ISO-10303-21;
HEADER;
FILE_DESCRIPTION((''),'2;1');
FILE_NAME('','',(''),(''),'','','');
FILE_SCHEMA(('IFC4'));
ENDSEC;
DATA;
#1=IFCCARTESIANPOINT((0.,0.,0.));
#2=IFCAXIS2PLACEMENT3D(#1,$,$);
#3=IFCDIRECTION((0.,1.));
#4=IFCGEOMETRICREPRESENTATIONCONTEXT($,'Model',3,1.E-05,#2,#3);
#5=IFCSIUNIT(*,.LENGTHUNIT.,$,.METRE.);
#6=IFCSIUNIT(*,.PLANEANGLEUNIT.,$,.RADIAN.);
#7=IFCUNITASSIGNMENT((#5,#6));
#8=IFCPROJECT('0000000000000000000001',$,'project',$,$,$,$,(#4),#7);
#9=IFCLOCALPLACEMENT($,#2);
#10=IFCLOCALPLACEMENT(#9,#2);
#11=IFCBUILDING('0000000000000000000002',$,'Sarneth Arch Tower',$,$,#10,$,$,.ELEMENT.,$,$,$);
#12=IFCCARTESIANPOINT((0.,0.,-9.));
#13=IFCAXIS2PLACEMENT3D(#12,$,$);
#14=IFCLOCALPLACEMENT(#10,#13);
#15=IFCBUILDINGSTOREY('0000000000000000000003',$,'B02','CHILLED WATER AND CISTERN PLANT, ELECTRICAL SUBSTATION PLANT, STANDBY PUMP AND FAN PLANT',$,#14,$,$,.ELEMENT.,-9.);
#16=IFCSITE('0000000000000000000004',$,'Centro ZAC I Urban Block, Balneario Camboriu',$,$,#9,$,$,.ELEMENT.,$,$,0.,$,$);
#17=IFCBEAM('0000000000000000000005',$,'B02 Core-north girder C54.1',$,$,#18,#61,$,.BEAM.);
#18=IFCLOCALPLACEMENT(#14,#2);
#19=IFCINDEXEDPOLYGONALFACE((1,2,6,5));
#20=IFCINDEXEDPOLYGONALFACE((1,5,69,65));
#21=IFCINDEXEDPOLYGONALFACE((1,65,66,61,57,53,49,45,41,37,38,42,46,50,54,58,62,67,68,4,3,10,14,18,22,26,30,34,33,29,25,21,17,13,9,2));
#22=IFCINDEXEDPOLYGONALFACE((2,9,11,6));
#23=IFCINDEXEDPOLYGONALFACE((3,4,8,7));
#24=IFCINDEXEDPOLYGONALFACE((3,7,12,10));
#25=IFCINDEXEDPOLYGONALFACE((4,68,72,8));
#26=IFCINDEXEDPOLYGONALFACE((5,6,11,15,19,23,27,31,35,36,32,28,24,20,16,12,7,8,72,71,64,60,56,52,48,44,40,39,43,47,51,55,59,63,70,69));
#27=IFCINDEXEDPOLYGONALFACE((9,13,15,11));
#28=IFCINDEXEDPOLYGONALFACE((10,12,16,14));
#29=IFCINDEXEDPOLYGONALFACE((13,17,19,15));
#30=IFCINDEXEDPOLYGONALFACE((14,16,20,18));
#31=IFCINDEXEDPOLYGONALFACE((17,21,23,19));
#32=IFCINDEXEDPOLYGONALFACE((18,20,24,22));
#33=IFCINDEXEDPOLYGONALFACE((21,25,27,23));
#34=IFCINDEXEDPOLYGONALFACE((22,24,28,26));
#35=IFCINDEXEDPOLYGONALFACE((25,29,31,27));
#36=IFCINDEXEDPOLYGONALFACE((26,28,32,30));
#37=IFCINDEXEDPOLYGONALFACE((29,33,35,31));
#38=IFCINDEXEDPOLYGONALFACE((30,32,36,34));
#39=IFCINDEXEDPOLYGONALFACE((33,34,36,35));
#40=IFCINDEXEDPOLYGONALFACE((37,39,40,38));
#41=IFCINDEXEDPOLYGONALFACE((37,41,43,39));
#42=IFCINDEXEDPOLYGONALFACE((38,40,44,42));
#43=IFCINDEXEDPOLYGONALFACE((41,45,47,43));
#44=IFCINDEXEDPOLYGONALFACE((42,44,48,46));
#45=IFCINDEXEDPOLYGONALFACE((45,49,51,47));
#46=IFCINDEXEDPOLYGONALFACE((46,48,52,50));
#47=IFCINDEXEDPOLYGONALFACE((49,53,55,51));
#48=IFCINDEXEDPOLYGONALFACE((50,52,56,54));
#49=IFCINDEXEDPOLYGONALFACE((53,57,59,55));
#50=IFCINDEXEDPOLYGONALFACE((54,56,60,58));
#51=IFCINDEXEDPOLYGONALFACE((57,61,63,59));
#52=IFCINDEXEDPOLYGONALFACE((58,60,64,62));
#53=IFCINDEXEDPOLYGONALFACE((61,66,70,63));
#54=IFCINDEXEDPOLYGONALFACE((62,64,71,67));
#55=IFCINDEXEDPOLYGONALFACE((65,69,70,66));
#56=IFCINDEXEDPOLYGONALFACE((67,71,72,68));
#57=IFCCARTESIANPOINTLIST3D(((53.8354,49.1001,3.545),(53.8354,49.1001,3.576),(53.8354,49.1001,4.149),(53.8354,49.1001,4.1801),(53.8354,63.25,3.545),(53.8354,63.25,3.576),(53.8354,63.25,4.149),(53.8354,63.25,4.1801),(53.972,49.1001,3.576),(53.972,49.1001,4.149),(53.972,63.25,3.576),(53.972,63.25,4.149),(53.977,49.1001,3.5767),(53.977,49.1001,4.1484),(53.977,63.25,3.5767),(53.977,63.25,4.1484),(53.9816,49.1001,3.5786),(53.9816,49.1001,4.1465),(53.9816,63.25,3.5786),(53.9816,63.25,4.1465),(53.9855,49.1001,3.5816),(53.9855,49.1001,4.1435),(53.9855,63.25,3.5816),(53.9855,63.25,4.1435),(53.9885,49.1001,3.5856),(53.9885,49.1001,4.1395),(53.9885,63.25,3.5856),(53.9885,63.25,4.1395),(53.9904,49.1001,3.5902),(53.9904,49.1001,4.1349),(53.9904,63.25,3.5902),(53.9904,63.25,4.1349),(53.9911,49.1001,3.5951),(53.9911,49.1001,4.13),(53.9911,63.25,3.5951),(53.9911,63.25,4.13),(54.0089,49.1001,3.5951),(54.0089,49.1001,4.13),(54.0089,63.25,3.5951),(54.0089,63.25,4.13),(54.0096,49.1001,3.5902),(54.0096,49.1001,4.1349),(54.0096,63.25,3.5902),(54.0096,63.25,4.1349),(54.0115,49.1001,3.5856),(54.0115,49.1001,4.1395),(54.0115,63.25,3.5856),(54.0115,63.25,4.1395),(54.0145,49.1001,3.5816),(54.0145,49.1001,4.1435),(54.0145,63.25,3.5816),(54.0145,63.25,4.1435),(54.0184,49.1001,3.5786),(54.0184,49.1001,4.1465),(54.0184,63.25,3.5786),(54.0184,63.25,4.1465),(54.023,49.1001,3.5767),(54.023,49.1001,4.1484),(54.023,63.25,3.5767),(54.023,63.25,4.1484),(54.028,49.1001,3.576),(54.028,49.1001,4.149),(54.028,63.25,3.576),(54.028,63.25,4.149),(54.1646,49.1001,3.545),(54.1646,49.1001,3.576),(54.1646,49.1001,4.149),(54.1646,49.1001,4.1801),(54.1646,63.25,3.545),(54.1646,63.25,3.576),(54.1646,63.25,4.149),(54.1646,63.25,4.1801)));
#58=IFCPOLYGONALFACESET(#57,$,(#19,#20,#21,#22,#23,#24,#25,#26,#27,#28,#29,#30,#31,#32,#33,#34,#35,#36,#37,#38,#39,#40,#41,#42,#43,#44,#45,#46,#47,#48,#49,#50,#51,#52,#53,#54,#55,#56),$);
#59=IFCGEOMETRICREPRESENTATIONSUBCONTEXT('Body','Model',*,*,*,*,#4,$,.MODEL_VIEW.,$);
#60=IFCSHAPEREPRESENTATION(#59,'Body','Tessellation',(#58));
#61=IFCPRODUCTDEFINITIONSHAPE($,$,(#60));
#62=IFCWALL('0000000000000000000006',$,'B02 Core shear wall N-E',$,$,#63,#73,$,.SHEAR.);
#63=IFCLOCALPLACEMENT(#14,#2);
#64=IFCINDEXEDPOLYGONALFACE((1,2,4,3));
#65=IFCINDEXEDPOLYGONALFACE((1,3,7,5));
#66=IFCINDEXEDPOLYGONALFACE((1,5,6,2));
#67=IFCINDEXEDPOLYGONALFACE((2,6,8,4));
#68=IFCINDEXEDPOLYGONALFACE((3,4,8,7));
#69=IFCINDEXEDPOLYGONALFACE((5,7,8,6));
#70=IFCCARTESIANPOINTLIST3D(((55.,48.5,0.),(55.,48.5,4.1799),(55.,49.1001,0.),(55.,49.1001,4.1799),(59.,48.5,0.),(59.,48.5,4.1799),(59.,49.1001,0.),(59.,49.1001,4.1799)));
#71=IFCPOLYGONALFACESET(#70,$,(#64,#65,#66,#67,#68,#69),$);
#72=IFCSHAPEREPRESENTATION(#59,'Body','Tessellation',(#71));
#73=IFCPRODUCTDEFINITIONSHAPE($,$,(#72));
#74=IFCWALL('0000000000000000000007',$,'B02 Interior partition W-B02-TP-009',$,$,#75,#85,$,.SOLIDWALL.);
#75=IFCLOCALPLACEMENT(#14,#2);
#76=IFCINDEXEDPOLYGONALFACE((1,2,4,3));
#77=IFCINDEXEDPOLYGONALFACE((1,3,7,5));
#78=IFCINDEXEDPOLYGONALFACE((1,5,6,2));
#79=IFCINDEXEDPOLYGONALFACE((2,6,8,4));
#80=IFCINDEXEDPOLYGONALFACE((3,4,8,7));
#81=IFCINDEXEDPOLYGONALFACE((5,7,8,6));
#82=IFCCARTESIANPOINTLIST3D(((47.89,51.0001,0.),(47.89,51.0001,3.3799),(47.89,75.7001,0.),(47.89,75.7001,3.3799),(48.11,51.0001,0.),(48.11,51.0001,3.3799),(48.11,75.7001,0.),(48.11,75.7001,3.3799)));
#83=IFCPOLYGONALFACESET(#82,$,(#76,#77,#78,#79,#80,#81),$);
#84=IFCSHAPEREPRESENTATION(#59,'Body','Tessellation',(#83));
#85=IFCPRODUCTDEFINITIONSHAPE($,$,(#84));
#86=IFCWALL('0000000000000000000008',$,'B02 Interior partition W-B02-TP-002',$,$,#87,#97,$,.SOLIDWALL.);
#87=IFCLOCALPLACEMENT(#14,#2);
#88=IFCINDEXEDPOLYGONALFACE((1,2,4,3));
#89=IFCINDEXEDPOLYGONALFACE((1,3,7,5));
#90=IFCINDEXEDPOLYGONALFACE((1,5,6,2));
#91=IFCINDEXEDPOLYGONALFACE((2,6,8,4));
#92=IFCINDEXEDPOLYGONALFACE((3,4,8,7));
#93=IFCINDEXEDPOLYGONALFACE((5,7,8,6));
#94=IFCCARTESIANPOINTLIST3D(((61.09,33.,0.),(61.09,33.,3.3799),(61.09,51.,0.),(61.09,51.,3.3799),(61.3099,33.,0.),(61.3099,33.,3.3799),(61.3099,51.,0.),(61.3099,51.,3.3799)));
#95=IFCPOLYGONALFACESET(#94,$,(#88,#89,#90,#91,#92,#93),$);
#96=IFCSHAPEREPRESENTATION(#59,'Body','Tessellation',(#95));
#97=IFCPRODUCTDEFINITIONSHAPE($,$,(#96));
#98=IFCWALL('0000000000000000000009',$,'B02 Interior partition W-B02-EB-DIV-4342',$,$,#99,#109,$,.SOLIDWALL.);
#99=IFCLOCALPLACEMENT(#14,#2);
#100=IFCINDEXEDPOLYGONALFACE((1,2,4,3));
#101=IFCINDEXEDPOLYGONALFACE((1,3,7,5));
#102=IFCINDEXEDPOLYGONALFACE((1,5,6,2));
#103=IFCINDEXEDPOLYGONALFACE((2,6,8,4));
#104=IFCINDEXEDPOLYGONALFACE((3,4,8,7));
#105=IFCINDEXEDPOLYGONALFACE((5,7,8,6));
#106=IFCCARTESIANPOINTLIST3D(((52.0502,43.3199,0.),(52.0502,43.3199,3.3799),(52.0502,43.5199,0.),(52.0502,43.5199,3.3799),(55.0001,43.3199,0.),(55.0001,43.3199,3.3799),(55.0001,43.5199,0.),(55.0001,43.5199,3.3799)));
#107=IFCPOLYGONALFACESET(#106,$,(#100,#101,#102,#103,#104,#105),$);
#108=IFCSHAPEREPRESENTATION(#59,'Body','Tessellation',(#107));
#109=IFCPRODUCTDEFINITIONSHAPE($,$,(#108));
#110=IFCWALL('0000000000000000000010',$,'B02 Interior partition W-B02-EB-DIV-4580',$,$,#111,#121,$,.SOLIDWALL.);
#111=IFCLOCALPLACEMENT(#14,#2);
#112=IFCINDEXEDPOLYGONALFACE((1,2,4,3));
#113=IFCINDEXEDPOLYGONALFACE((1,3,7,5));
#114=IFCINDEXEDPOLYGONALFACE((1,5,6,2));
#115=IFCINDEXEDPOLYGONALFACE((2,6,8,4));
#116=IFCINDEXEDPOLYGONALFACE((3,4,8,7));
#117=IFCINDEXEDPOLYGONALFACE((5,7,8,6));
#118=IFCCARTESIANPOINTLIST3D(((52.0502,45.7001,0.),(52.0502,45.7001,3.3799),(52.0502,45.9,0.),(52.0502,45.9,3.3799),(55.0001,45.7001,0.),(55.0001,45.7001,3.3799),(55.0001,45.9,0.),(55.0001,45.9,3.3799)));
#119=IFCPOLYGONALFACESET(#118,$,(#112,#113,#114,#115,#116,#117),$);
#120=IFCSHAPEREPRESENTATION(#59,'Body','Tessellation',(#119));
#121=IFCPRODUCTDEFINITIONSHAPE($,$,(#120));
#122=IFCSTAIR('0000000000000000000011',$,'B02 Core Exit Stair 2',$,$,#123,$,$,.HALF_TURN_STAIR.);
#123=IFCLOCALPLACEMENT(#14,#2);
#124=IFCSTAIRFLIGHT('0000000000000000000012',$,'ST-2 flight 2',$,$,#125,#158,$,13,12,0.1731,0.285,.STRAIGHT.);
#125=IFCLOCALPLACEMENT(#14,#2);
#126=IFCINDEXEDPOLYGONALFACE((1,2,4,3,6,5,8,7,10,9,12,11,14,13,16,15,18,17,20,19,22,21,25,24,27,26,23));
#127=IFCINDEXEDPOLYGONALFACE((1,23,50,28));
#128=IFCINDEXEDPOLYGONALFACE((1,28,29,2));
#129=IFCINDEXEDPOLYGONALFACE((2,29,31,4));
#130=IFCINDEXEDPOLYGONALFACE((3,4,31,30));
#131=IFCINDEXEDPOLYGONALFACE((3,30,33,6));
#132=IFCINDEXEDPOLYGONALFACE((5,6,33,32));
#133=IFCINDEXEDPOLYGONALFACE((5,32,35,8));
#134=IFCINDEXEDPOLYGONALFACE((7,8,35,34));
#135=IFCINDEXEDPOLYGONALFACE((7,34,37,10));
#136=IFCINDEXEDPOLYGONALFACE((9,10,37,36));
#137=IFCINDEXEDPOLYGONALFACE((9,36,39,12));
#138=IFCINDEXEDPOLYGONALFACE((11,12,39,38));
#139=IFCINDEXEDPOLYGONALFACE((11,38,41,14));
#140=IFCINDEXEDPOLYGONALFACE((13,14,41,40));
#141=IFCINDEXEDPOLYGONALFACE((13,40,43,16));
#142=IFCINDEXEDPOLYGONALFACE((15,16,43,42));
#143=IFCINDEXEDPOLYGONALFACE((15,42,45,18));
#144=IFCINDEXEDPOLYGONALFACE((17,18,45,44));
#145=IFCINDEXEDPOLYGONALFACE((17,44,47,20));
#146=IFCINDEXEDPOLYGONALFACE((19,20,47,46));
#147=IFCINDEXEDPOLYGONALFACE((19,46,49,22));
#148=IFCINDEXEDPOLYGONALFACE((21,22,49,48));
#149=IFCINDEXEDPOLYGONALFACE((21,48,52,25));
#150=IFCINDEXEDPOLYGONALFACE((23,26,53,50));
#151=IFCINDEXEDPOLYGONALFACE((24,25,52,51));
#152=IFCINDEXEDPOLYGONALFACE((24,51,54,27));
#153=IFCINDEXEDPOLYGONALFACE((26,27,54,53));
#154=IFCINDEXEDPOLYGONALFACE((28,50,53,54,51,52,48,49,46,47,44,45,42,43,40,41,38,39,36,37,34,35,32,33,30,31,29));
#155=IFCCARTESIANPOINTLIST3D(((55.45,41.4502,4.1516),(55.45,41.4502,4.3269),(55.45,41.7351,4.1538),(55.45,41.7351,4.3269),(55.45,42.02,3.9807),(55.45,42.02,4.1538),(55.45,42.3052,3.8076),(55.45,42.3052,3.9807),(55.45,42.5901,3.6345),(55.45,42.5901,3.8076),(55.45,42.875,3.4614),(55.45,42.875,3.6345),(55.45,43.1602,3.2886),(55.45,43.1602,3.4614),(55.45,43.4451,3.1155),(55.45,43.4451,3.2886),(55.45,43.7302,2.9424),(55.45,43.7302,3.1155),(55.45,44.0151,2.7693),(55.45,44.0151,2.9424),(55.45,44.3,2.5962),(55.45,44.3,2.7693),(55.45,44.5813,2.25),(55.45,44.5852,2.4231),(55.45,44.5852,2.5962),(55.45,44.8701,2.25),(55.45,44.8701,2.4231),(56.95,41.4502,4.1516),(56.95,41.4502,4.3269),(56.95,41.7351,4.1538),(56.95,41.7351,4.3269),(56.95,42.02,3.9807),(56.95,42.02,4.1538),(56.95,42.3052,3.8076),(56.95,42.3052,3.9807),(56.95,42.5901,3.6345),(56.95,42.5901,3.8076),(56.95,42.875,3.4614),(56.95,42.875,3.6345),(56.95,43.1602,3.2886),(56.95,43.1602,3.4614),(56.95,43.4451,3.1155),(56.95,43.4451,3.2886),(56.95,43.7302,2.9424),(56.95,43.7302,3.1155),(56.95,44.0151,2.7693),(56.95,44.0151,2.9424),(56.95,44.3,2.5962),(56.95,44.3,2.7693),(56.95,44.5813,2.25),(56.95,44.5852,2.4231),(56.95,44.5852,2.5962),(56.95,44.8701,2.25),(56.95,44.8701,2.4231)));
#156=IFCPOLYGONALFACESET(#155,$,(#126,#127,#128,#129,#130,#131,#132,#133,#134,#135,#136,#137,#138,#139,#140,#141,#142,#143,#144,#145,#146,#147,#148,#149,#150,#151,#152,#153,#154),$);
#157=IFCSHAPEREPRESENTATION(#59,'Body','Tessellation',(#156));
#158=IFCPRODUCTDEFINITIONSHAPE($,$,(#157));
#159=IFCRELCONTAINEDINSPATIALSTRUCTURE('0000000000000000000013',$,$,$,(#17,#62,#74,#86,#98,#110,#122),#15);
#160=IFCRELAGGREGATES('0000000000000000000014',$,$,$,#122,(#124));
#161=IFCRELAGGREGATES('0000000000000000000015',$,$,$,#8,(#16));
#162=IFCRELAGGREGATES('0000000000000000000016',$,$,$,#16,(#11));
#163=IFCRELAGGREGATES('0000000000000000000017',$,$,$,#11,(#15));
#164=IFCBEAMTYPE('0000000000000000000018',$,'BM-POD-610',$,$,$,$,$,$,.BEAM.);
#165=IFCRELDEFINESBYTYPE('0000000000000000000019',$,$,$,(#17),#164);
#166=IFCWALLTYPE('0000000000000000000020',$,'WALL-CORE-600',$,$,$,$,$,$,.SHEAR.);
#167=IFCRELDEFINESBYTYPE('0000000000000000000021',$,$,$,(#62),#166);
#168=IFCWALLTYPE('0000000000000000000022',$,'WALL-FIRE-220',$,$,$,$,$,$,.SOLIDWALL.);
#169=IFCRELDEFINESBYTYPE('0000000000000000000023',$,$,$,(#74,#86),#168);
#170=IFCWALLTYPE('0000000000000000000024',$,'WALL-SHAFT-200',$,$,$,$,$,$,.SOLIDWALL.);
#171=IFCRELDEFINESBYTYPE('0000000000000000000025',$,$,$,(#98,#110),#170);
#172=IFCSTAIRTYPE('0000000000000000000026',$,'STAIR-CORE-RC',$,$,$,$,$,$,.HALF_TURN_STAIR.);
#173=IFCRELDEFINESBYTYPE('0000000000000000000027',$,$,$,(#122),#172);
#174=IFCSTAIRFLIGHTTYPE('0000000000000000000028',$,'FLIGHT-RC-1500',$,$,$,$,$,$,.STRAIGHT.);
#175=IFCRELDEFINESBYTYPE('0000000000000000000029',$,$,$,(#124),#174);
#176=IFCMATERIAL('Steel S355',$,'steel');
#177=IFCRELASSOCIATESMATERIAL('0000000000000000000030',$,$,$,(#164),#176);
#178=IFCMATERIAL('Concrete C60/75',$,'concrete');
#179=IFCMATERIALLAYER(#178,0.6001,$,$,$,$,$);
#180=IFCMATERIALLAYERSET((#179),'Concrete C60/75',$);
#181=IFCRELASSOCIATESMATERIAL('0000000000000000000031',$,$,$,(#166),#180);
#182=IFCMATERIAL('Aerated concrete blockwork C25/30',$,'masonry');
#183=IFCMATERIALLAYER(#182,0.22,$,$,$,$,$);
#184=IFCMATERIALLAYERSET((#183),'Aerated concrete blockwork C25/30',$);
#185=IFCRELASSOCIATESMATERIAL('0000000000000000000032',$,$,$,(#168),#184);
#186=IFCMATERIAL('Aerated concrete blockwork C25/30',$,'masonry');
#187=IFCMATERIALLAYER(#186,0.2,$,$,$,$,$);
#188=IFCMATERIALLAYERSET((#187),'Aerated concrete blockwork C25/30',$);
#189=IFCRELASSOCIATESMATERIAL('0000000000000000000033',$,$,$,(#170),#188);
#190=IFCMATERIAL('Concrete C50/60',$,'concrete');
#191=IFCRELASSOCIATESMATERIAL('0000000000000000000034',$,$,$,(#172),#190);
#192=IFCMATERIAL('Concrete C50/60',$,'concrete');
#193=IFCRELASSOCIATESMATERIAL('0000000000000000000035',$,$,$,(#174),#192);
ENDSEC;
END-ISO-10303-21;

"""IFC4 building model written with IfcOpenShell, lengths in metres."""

from ifc_helpers import new_model, si_unit, direction, frame, frame_2d, origin, origin_2d, place, context, subcontext, project, spatial, polyline, rectangle, i_section, outline, extrude, material, layer, layer_set, material_profile, profile_set, type_object, element, aggregate, save


model = new_model("IFC4")

# Units and contexts
model_context = context("Model", 3, precision=1e-05, world=origin(), true_north=direction((0.0, 1.0)))
body_context = subcontext(model_context, "Body", "Model", "MODEL_VIEW")
ifc_project = project(units=[si_unit("LENGTHUNIT", "METRE"), si_unit("PLANEANGLEUNIT", "RADIAN")], contexts=[model_context])

# Site, building, storey
site_placement = place(None, origin())
site = spatial("IfcSite", under=ifc_project, at=site_placement, Name="Centro ZAC I Urban Block, Balneario Camboriu", CompositionType="ELEMENT", RefElevation=0.0)
building_placement = place(site_placement, origin())
building = spatial("IfcBuilding", under=site, at=building_placement, Name="Sarneth Arch Tower", CompositionType="ELEMENT")
storey_placement = place(building_placement, frame((0.0, 0.0, -9.0)))
storey = spatial("IfcBuildingStorey", under=building, at=storey_placement, Name="B02", Description="CHILLED WATER AND CISTERN PLANT, ELECTRICAL SUBSTATION PLANT, STANDBY PUMP AND FAN PLANT", CompositionType="ELEMENT", Elevation=-9.0)

# Beam
ifc_material_1 = material(Name="Steel S355", Category="steel")
ifc_material_profile_1 = material_profile(ifc_material_1, i_section(OverallWidth=0.3291, OverallDepth=0.635, WebThickness=0.0178, FlangeThickness=0.031, FilletRadius=0.019, at=origin_2d()), Name="W610x241")
ifc_profile_set_1 = profile_set([ifc_material_profile_1], Name="Steel S355")
beam_type = type_object("IfcBeamType", Name="BM-POD-610", PredefinedType="BEAM", material=ifc_profile_set_1)
beam_1_placement = place(storey_placement, frame((54.0, 49.1001, 3.8625), z_axis=(0.0, 1.0, 0.0), x_axis=(-1.0, 0.0, 0.0)))
element("IfcBeam", 1, at=beam_1_placement, inside=storey, type_object=beam_type, Name="B02 Core-north girder C54.1", PredefinedType="BEAM", context=body_context, shape_type="SweptSolid", body=[
    extrude(i_section(OverallWidth=0.3291, OverallDepth=0.635, WebThickness=0.0178, FlangeThickness=0.031, FilletRadius=0.019, at=origin_2d()), origin(), (0.0, 0.0, 1.0), 14.1499),
])

# Walls
ifc_material_2 = material(Name="Concrete C60/75", Category="concrete")
ifc_layer_1 = layer(ifc_material_2, 0.6001)
ifc_layer_set_1 = layer_set([ifc_layer_1], Name="Concrete C60/75")
wall_type_1 = type_object("IfcWallType", Name="WALL-CORE-600", PredefinedType="SHEAR", material=ifc_layer_set_1)
wall_1_placement = place(storey_placement, frame((55.0, 48.8, 0.0), z_axis=(0.0, 0.0, 1.0), x_axis=(1.0, 0.0, 0.0)))
element("IfcWall", 2, at=wall_1_placement, inside=storey, type_object=wall_type_1, Name="B02 Core shear wall N-E", PredefinedType="SHEAR", context=body_context, shape_type="SweptSolid", body=[
    extrude(rectangle(XDim=4.0, YDim=0.6001, at=frame_2d((2.0, 0.0))), origin(), (0.0, 0.0, 1.0), 4.1799),
])
ifc_material_3 = material(Name="Aerated concrete blockwork C25/30", Category="masonry")
ifc_layer_2 = layer(ifc_material_3, 0.22)
ifc_layer_set_2 = layer_set([ifc_layer_2], Name="Aerated concrete blockwork C25/30")
wall_type_2 = type_object("IfcWallType", Name="WALL-FIRE-220", PredefinedType="SOLIDWALL", material=ifc_layer_set_2)
wall_2_placement = place(storey_placement, frame((48.0, 51.0, 0.0), z_axis=(0.0, 0.0, 1.0), x_axis=(0.0, 1.0, 0.0)))
element("IfcWall", 3, at=wall_2_placement, inside=storey, type_object=wall_type_2, Name="B02 Interior partition W-B02-TP-009", PredefinedType="SOLIDWALL", context=body_context, shape_type="SweptSolid", body=[
    extrude(rectangle(XDim=24.7, YDim=0.22, at=frame_2d((12.3501, 0.0))), origin(), (0.0, 0.0, 1.0), 3.3799),
])
wall_3_placement = place(storey_placement, frame((61.2, 51.0, 0.0), z_axis=(0.0, 0.0, 1.0), x_axis=(0.0, -1.0, 0.0)))
element("IfcWall", 4, at=wall_3_placement, inside=storey, type_object=wall_type_2, Name="B02 Interior partition W-B02-TP-002", PredefinedType="SOLIDWALL", context=body_context, shape_type="SweptSolid", body=[
    extrude(rectangle(XDim=18.0, YDim=0.22, at=frame_2d((9.0, 0.0))), origin(), (0.0, 0.0, 1.0), 3.3799),
])
ifc_material_4 = material(Name="Aerated concrete blockwork C25/30", Category="masonry")
ifc_layer_3 = layer(ifc_material_4, 0.2)
ifc_layer_set_3 = layer_set([ifc_layer_3], Name="Aerated concrete blockwork C25/30")
wall_type_3 = type_object("IfcWallType", Name="WALL-SHAFT-200", PredefinedType="SOLIDWALL", material=ifc_layer_set_3)
for number, where, z_axis, x_axis, name in (
    (5, (52.05, 43.4199, 0.0), (0.0, 0.0, 1.0), (1.0, 0.0, 0.0), "B02 Interior partition W-B02-EB-DIV-4342"),
    (6, (52.05, 45.8, 0.0), (0.0, 0.0, 1.0), (1.0, 0.0, 0.0), "B02 Interior partition W-B02-EB-DIV-4580"),
):
    element("IfcWall", number, at=place(storey_placement, frame(where, z_axis=z_axis, x_axis=x_axis)), inside=storey, type_object=wall_type_3, Name=name, PredefinedType="SOLIDWALL", context=body_context, shape_type="SweptSolid", body=[
        extrude(rectangle(XDim=2.95, YDim=0.2, at=frame_2d((1.4751, 0.0))), origin(), (0.0, 0.0, 1.0), 3.3799),
    ])

# Stair, stair flight
ifc_material_5 = material(Name="Concrete C50/60", Category="concrete")
stair_type = type_object("IfcStairType", Name="STAIR-CORE-RC", PredefinedType="HALF_TURN_STAIR", material=ifc_material_5)
stair_placement = place(storey_placement, origin())
stair = element("IfcStair", 7, at=stair_placement, inside=storey, type_object=stair_type, Name="B02 Core Exit Stair 2", PredefinedType="HALF_TURN_STAIR")
ifc_material_6 = material(Name="Concrete C50/60", Category="concrete")
stair_flight_type = type_object("IfcStairFlightType", Name="FLIGHT-RC-1500", PredefinedType="STRAIGHT", material=ifc_material_6)
stair_flight_placement = place(storey_placement, frame((56.2, 44.8701, 2.25), z_axis=(0.0, 0.0, 1.0), x_axis=(0.0, -1.0, 0.0)))
stair_flight = element("IfcStairFlight", 8, at=stair_flight_placement, type_object=stair_flight_type, Name="ST-2 flight 2", NumberOfRisers=13, NumberOfTreads=12, PredefinedType="STRAIGHT", RiserHeight=0.1731, TreadLength=0.285, context=body_context, shape_type="SweptSolid", body=[
    extrude(outline(polyline([(0.0, 0.0), (0.0, 0.1731), (0.2849, 0.1731), (0.2849, 0.3462), (0.5701, 0.3462), (0.5701, 0.5193), (0.855, 0.5193), (0.855, 0.6924), (1.1399, 0.6924), (1.1399, 0.8655), (1.425, 0.8655), (1.425, 1.0386), (1.71, 1.0386), (1.71, 1.2114), (1.9951, 1.2114), (1.9951, 1.3845), (2.28, 1.3845), (2.28, 1.5576), (2.5649, 1.5576), (2.5649, 1.7307), (2.8501, 1.7307), (2.8501, 1.9038), (3.135, 1.9038), (3.135, 2.0769), (3.4199, 2.0769), (3.4199, 2.25), (3.4199, 1.9016), (0.2888, 0.0), (0.0, 0.0)])), frame((0.0, 0.75, 0.0), z_axis=(0.0, -1.0, 0.0), x_axis=(1.0, 0.0, 0.0)), (0.0, 0.0, 1.0), 1.5),
])
aggregate(stair, [stair_flight])

save(model, "model.ifc")
